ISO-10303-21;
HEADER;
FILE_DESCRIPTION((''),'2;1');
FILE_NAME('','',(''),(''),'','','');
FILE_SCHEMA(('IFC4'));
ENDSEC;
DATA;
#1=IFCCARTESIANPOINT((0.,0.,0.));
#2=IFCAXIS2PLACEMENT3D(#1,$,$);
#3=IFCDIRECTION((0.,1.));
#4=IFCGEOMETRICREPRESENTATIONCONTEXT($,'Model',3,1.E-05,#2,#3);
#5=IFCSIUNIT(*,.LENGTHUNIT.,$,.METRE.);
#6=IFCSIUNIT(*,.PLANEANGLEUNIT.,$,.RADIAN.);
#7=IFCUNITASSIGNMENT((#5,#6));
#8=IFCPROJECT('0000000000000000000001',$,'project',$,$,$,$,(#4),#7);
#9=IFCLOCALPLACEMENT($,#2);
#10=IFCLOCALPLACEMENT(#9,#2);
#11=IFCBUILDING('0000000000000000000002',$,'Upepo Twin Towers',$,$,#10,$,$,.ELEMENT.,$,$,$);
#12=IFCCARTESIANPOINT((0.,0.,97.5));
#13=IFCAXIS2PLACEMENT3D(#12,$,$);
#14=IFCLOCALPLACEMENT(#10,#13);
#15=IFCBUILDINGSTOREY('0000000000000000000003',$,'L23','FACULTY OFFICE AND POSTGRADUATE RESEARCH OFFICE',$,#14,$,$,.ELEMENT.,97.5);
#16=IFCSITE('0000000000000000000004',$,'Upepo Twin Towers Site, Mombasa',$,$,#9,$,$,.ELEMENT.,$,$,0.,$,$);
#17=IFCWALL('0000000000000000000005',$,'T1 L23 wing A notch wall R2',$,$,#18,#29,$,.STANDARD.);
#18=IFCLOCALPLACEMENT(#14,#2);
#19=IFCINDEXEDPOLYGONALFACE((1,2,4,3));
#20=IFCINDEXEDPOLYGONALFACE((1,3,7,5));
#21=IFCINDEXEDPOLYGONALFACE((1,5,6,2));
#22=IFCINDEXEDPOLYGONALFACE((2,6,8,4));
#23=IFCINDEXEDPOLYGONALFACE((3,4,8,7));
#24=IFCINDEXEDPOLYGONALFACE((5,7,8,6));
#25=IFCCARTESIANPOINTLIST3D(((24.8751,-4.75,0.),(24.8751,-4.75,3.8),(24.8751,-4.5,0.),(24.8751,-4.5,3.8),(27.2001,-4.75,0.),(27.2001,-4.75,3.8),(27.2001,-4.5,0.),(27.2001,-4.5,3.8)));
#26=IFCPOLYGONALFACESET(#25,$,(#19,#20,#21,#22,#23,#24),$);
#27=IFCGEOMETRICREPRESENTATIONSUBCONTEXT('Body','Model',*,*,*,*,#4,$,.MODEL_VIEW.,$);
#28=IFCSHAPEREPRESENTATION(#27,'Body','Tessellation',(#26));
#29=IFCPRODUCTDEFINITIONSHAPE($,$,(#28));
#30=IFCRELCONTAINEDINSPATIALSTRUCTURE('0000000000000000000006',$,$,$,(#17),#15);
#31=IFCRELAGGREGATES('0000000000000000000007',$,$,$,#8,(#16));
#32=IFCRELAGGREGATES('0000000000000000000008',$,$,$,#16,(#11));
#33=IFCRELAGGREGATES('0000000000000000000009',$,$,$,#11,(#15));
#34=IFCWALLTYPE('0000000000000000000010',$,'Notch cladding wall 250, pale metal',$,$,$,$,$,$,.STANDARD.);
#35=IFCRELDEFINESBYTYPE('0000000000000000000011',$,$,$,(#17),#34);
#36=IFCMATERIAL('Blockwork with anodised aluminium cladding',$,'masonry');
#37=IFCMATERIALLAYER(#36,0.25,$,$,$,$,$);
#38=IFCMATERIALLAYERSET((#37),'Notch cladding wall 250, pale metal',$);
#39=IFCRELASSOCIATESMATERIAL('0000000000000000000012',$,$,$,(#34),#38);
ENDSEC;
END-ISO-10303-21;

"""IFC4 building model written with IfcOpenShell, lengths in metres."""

from ifc_helpers import new_model, si_unit, direction, frame, frame_2d, origin, place, context, subcontext, project, spatial, rectangle, extrude, material, layer, layer_set, type_object, element, save


model = new_model("IFC4")

# Units and contexts
model_context = context("Model", 3, precision=1e-05, world=origin(), true_north=direction((0.0, 1.0)))
body_context = subcontext(model_context, "Body", "Model", "MODEL_VIEW")
ifc_project = project(units=[si_unit("LENGTHUNIT", "METRE"), si_unit("PLANEANGLEUNIT", "RADIAN")], contexts=[model_context])

# Site, building, storey
site_placement = place(None, origin())
site = spatial("IfcSite", under=ifc_project, at=site_placement, Name="Upepo Twin Towers Site, Mombasa", CompositionType="ELEMENT", RefElevation=0.0)
building_placement = place(site_placement, origin())
building = spatial("IfcBuilding", under=site, at=building_placement, Name="Upepo Twin Towers", CompositionType="ELEMENT")
storey_placement = place(building_placement, frame((0.0, 0.0, 97.5)))
storey = spatial("IfcBuildingStorey", under=building, at=storey_placement, Name="L23", Description="FACULTY OFFICE AND POSTGRADUATE RESEARCH OFFICE", CompositionType="ELEMENT", Elevation=97.5)

# Wall
ifc_material_1 = material(Name="Blockwork with anodised aluminium cladding", Category="masonry")
ifc_layer_1 = layer(ifc_material_1, 0.25)
ifc_layer_set_1 = layer_set([ifc_layer_1], Name="Notch cladding wall 250, pale metal")
wall_type_1 = type_object("IfcWallType", Name="Notch cladding wall 250, pale metal", PredefinedType="STANDARD", material=ifc_layer_set_1)
for number, where, z_axis, x_axis, name in (
    (1, (24.875, -4.625, 0.0), (0.0, 0.0, 1.0), (1.0, 0.0, 0.0), "T1 L23 wing A notch wall R2"),
):
    element("IfcWall", number, at=place(storey_placement, frame(where, z_axis=z_axis, x_axis=x_axis)), inside=storey, type_object=wall_type_1, Name=name, PredefinedType="STANDARD", context=body_context, shape_type="SweptSolid", body=[
        extrude(rectangle(XDim=2.325, YDim=0.25, at=frame_2d((1.1626, 0.0))), origin(), (0.0, 0.0, 1.0), 3.8),
    ])

save(model, "model.ifc")
